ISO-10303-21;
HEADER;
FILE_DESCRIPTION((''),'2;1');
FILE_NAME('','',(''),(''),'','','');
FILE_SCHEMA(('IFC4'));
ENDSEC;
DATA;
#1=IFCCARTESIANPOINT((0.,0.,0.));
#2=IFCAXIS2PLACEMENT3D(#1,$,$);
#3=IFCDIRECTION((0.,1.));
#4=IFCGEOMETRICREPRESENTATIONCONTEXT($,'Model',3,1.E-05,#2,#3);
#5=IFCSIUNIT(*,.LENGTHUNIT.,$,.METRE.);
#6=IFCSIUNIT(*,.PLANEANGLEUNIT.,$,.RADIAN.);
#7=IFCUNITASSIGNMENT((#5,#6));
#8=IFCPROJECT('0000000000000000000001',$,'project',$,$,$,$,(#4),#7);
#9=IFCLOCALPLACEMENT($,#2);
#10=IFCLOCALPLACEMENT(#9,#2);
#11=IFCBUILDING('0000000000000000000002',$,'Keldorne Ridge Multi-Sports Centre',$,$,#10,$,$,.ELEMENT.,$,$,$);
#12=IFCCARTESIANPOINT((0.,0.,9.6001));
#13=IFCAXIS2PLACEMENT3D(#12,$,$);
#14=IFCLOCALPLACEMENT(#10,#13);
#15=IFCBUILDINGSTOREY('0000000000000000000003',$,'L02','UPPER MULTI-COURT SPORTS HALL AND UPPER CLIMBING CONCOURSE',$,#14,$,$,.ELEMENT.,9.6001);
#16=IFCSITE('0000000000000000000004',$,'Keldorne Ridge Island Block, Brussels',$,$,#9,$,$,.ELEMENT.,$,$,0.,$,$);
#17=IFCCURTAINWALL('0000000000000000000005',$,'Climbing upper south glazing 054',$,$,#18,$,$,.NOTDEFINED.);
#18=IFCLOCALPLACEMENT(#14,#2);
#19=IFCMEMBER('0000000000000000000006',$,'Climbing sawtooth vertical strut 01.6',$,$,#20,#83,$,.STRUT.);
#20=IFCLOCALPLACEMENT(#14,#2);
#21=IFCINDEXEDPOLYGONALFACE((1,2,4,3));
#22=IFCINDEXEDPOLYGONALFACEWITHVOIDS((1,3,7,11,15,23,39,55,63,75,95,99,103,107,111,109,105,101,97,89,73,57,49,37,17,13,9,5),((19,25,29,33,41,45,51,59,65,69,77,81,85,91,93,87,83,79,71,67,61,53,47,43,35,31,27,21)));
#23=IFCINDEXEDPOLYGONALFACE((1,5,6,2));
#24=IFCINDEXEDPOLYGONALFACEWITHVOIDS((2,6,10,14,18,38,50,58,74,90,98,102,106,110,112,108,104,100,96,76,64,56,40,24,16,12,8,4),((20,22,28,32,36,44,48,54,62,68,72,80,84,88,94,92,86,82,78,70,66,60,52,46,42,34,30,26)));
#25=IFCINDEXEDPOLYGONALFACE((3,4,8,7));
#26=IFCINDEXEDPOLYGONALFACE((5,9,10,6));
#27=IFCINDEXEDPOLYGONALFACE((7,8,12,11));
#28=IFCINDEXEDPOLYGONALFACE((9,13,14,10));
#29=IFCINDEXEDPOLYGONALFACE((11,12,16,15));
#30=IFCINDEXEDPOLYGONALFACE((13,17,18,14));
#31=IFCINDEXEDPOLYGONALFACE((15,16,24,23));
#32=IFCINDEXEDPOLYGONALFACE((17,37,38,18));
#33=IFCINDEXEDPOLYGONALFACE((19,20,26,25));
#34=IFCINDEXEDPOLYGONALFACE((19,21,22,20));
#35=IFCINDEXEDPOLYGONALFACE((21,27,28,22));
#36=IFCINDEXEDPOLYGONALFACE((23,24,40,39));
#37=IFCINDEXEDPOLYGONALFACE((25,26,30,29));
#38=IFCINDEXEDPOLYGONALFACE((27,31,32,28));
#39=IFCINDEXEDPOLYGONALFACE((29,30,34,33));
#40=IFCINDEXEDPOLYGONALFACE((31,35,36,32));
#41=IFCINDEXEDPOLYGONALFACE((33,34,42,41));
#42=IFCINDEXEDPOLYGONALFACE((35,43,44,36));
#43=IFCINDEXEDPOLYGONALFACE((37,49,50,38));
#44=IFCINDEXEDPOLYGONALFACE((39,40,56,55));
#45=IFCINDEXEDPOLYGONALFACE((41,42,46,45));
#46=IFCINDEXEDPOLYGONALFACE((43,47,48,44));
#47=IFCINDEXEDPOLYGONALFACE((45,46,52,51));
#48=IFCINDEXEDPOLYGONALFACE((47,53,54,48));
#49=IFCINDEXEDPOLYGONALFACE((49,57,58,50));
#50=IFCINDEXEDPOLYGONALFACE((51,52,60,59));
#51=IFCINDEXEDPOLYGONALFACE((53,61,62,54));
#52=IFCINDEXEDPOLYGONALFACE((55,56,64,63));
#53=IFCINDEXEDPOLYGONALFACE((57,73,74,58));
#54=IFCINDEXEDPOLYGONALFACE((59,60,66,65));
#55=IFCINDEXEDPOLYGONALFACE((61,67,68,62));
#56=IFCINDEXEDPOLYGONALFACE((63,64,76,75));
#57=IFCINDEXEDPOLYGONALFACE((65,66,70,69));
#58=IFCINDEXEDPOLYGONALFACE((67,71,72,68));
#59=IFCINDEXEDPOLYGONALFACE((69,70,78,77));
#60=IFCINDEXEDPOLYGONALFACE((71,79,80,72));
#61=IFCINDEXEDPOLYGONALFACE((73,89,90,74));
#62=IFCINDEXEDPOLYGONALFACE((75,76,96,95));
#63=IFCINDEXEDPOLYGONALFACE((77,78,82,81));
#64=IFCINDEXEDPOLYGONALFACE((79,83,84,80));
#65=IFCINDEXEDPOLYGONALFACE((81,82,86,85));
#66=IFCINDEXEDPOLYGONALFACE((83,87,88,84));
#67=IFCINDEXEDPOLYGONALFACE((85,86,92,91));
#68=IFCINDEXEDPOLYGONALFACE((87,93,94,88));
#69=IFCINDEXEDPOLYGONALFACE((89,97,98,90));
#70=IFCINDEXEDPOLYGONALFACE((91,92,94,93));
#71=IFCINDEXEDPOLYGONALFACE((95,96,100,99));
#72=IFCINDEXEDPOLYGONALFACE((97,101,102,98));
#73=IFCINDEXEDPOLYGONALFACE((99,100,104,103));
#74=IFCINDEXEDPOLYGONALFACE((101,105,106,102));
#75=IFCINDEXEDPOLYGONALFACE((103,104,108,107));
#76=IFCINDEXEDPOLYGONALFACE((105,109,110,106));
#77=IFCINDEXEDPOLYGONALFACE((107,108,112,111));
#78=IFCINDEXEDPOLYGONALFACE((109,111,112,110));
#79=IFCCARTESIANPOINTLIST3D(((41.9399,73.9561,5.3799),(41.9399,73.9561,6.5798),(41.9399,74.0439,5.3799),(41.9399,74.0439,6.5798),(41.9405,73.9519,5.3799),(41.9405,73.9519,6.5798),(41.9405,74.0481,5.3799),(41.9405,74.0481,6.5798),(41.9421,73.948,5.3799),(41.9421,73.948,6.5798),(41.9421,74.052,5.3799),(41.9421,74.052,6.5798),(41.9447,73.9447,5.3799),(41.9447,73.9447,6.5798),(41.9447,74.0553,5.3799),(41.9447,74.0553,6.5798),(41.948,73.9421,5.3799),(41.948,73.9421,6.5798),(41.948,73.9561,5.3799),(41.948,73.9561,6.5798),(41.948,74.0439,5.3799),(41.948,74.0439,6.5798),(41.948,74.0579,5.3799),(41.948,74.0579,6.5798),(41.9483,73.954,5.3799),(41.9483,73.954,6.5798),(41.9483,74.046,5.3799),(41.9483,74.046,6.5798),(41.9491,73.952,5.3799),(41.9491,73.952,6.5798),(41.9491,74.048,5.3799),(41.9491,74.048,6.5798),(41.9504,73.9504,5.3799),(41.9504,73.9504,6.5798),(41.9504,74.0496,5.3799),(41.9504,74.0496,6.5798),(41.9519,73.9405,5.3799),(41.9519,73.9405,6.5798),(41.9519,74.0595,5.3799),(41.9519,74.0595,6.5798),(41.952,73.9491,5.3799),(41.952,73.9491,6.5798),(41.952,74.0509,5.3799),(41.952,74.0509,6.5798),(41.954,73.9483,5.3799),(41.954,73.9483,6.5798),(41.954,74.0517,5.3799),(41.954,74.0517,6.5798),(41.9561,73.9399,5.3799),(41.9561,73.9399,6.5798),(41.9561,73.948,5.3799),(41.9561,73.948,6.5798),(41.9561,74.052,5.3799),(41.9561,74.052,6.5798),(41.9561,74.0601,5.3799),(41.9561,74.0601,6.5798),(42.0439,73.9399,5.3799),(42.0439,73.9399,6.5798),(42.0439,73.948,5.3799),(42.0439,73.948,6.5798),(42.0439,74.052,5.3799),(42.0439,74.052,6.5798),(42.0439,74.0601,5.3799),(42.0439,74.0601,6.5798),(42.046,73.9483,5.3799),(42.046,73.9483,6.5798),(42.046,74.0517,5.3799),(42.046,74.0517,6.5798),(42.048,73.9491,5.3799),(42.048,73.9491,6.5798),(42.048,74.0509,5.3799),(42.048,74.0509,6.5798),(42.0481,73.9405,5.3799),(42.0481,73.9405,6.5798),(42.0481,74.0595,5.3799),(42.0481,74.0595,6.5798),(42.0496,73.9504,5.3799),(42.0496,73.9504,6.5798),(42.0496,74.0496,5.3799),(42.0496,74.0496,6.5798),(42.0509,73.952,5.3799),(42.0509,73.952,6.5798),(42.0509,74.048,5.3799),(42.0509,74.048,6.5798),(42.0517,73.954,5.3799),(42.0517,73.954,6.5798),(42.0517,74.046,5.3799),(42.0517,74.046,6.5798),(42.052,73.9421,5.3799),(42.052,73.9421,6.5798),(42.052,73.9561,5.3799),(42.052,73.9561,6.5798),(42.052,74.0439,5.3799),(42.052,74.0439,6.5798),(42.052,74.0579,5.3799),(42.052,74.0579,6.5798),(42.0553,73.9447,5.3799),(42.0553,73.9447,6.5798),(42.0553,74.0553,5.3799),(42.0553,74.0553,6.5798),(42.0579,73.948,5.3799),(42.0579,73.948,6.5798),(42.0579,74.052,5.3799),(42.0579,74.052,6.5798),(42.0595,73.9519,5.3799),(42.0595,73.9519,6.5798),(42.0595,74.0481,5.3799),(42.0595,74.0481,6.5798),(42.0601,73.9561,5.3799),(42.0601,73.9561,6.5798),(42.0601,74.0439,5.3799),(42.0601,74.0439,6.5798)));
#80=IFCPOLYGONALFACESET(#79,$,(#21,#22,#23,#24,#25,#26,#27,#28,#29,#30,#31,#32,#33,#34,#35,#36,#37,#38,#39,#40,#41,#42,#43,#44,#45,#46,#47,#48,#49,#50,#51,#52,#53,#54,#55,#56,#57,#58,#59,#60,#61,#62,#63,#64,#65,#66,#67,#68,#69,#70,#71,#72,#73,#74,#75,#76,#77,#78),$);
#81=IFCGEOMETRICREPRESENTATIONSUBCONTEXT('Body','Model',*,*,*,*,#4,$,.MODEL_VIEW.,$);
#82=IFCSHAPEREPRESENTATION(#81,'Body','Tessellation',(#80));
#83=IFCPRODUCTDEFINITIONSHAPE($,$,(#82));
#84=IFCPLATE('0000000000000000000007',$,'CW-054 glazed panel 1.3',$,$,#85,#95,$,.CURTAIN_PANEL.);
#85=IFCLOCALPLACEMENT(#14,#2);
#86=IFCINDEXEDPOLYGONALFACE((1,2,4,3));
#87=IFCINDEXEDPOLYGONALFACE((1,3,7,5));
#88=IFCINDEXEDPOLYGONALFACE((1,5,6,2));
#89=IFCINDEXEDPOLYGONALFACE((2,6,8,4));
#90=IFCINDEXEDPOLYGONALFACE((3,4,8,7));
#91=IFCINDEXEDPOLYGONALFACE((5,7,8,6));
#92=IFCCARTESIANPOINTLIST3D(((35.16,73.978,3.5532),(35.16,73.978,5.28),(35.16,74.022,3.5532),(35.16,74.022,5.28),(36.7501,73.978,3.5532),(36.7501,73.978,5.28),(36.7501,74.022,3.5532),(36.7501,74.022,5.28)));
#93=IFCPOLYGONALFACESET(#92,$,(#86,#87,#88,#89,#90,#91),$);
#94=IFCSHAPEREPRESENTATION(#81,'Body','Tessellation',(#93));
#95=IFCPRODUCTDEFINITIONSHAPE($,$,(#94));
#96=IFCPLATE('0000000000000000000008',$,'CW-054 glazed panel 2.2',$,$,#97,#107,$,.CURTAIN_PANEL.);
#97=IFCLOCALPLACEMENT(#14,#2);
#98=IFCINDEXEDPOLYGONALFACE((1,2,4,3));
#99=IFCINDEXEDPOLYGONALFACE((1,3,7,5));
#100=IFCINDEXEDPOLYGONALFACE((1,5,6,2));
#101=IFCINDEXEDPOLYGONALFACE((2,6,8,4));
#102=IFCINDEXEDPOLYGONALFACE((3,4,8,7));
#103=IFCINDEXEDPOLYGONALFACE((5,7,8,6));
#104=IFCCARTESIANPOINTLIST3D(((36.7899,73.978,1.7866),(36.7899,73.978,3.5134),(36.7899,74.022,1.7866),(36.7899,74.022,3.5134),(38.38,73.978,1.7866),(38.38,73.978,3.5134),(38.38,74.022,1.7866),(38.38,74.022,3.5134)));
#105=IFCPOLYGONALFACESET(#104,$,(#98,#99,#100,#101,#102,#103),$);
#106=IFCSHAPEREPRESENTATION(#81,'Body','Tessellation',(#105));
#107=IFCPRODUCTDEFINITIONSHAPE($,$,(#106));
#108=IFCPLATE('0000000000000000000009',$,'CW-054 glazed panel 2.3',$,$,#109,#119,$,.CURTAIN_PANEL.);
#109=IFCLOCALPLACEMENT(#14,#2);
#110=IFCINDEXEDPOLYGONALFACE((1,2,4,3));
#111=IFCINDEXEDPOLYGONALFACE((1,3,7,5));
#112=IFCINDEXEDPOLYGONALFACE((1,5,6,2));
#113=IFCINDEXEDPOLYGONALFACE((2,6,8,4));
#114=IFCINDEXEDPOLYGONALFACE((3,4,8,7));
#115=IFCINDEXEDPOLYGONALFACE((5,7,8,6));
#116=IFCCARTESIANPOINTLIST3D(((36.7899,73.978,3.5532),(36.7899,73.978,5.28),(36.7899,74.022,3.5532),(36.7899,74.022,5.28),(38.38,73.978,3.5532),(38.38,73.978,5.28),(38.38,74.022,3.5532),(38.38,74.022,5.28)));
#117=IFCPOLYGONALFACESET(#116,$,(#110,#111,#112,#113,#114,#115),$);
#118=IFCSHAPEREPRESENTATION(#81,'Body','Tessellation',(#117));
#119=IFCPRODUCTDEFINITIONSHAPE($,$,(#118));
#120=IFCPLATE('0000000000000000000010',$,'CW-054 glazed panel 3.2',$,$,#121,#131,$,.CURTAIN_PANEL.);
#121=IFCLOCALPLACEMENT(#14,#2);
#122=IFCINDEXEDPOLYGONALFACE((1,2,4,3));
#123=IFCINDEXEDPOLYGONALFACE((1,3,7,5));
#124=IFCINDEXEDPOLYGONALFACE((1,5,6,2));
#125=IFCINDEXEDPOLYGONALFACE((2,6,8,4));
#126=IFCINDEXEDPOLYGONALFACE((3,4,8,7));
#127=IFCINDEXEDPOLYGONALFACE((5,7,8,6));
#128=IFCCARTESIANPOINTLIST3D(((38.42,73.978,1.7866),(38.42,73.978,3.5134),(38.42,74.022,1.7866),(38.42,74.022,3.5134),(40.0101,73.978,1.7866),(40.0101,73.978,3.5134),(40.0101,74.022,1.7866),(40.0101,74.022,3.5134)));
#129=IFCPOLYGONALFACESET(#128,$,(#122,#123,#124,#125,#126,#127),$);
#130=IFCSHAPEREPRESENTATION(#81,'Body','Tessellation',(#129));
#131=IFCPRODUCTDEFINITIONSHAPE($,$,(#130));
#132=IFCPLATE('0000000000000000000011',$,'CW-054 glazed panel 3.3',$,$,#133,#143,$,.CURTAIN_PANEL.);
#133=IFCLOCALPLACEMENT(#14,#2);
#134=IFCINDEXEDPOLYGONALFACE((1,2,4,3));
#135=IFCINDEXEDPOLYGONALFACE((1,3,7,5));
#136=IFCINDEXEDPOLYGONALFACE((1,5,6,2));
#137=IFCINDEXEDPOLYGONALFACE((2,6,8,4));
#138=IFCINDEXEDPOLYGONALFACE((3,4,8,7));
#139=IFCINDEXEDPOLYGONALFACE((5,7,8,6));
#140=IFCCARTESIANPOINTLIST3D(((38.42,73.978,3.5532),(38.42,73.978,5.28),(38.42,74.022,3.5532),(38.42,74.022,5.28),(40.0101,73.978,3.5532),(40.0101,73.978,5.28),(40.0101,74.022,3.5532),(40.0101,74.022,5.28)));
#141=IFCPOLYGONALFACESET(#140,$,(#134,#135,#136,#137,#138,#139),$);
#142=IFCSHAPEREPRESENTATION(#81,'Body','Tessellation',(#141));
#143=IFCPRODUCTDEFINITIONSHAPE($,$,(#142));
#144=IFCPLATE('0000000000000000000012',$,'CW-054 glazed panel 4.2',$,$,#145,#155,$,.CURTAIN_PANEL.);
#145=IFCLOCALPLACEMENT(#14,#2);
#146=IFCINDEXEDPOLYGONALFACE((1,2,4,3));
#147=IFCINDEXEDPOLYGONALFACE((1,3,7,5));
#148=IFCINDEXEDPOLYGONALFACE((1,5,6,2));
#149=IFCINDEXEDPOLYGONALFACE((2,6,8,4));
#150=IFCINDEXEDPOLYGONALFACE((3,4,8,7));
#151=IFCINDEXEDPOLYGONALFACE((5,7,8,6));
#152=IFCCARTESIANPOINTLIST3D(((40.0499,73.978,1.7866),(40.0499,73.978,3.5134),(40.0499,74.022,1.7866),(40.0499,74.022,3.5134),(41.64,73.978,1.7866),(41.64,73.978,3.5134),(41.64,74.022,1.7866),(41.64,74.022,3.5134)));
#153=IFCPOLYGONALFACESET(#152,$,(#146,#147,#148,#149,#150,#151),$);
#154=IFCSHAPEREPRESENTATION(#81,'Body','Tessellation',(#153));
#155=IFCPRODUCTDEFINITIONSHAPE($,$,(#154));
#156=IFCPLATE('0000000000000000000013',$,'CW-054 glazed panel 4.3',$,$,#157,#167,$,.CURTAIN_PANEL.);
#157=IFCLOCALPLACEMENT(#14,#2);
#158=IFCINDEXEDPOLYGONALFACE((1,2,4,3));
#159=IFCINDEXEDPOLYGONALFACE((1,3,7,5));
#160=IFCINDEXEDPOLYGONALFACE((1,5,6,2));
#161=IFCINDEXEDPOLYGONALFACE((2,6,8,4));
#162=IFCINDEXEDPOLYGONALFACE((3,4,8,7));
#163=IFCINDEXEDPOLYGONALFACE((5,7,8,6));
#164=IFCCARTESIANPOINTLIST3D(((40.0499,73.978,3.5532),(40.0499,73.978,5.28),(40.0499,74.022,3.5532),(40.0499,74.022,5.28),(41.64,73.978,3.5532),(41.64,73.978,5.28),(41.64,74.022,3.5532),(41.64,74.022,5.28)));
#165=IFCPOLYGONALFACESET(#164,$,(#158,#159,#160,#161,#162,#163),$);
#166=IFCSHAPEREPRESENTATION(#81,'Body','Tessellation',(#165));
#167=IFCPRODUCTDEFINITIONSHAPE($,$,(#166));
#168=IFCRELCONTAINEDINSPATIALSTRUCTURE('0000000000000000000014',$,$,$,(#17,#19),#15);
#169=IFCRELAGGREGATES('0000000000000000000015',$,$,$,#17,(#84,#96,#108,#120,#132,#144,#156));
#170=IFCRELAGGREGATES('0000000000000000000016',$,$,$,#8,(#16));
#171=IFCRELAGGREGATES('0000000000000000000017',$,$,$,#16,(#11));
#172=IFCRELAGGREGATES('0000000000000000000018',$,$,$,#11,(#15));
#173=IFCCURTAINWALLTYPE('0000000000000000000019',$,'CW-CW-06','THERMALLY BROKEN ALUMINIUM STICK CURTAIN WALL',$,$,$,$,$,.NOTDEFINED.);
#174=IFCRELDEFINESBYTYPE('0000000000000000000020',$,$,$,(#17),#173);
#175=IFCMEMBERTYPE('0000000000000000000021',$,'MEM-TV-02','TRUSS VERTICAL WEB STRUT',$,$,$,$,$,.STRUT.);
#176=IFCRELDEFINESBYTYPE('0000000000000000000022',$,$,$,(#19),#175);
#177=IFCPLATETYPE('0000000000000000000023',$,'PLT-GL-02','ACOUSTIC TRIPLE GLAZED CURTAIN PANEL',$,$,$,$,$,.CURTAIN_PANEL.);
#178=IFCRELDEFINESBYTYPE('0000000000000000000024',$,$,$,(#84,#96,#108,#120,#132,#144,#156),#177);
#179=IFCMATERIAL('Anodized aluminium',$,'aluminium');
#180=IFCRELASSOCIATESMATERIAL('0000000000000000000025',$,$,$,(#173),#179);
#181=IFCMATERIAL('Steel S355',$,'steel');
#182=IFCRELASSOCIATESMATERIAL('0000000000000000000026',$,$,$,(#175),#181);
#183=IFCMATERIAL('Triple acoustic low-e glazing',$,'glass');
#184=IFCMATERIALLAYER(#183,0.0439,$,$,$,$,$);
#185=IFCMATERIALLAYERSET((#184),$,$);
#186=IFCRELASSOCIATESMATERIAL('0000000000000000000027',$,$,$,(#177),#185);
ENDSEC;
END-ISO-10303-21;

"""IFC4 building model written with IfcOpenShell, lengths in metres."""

from ifc_helpers import new_model, si_unit, direction, frame, origin, origin_2d, place, context, subcontext, project, spatial, rectangle, hollow_rectangle, extrude, material, layer, layer_set, material_profile, profile_set, type_object, element, aggregate, save


model = new_model("IFC4")

# Units and contexts
model_context = context("Model", 3, precision=1e-05, world=origin(), true_north=direction((0.0, 1.0)))
body_context = subcontext(model_context, "Body", "Model", "MODEL_VIEW")
ifc_project = project(units=[si_unit("LENGTHUNIT", "METRE"), si_unit("PLANEANGLEUNIT", "RADIAN")], contexts=[model_context])

# Site, building, storey
site_placement = place(None, origin())
site = spatial("IfcSite", under=ifc_project, at=site_placement, Name="Keldorne Ridge Island Block, Brussels", CompositionType="ELEMENT", RefElevation=0.0)
building_placement = place(site_placement, origin())
building = spatial("IfcBuilding", under=site, at=building_placement, Name="Keldorne Ridge Multi-Sports Centre", CompositionType="ELEMENT")
storey_placement = place(building_placement, frame((0.0, 0.0, 9.6001)))
storey = spatial("IfcBuildingStorey", under=building, at=storey_placement, Name="L02", Description="UPPER MULTI-COURT SPORTS HALL AND UPPER CLIMBING CONCOURSE", CompositionType="ELEMENT", Elevation=9.6001)

# Shared definitions
ifc_material_1 = material(Name="Steel S355", Category="steel")

# Curtain wall
ifc_material_2 = material(Name="Anodized aluminium", Category="aluminium")
curtain_wall_type_1 = type_object("IfcCurtainWallType", Name="CW-CW-06", Description="THERMALLY BROKEN ALUMINIUM STICK CURTAIN WALL", PredefinedType="NOTDEFINED", material=ifc_material_2)
curtain_wall_1_placement = place(storey_placement, origin())
curtain_wall_1 = element("IfcCurtainWall", 1, at=curtain_wall_1_placement, inside=storey, type_object=curtain_wall_type_1, Name="Climbing upper south glazing 054", PredefinedType="NOTDEFINED")

# Member
ifc_material_profile_1 = material_profile(ifc_material_1, hollow_rectangle(XDim=0.1201, YDim=0.1201, WallThickness=0.0081, InnerFilletRadius=0.0081, OuterFilletRadius=0.0161, at=origin_2d()), Name="SHS 120x120x8")
ifc_profile_set_1 = profile_set([ifc_material_profile_1], Name="Steel S355")
member_type_1 = type_object("IfcMemberType", Name="MEM-TV-02", Description="TRUSS VERTICAL WEB STRUT", PredefinedType="STRUT", material=ifc_profile_set_1)
member_1_placement = place(storey_placement, frame((42.0, 74.0, 5.3799), z_axis=(0.0, 0.0, 1.0), x_axis=(1.0, 0.0, 0.0)))
element("IfcMember", 2, at=member_1_placement, inside=storey, type_object=member_type_1, Name="Climbing sawtooth vertical strut 01.6", PredefinedType="STRUT", context=body_context, shape_type="SweptSolid", body=[
    extrude(hollow_rectangle(XDim=0.1201, YDim=0.1201, WallThickness=0.0081, InnerFilletRadius=0.0081, OuterFilletRadius=0.0161, at=origin_2d()), origin(), (0.0, 0.0, 1.0), 1.2),
])

# Plates
ifc_material_3 = material(Name="Triple acoustic low-e glazing", Category="glass")
ifc_layer = layer(ifc_material_3, 0.0439)
ifc_layer_set = layer_set([ifc_layer])
plate_type = type_object("IfcPlateType", Name="PLT-GL-02", Description="ACOUSTIC TRIPLE GLAZED CURTAIN PANEL", PredefinedType="CURTAIN_PANEL", material=ifc_layer_set)
plate_1_placement = place(storey_placement, frame((35.9551, 74.0, 3.5532), z_axis=(0.0, 0.0, 1.0), x_axis=(1.0, 0.0, 0.0)))
plate_1 = element("IfcPlate", 3, at=plate_1_placement, type_object=plate_type, Name="CW-054 glazed panel 1.3", PredefinedType="CURTAIN_PANEL", context=body_context, shape_type="SweptSolid", body=[
    extrude(rectangle(XDim=1.5901, YDim=0.0439, at=origin_2d()), origin(), (0.0, 0.0, 1.0), 1.7268),
])
plate_2_placement = place(storey_placement, frame((37.585, 74.0, 1.7866), z_axis=(0.0, 0.0, 1.0), x_axis=(1.0, 0.0, 0.0)))
plate_2 = element("IfcPlate", 4, at=plate_2_placement, type_object=plate_type, Name="CW-054 glazed panel 2.2", PredefinedType="CURTAIN_PANEL", context=body_context, shape_type="SweptSolid", body=[
    extrude(rectangle(XDim=1.5901, YDim=0.0439, at=origin_2d()), origin(), (0.0, 0.0, 1.0), 1.7268),
])
plate_3_placement = place(storey_placement, frame((37.585, 74.0, 3.5532), z_axis=(0.0, 0.0, 1.0), x_axis=(1.0, 0.0, 0.0)))
plate_3 = element("IfcPlate", 5, at=plate_3_placement, type_object=plate_type, Name="CW-054 glazed panel 2.3", PredefinedType="CURTAIN_PANEL", context=body_context, shape_type="SweptSolid", body=[
    extrude(rectangle(XDim=1.5901, YDim=0.0439, at=origin_2d()), origin(), (0.0, 0.0, 1.0), 1.7268),
])
plate_4_placement = place(storey_placement, frame((39.2151, 74.0, 1.7866), z_axis=(0.0, 0.0, 1.0), x_axis=(1.0, 0.0, 0.0)))
plate_4 = element("IfcPlate", 6, at=plate_4_placement, type_object=plate_type, Name="CW-054 glazed panel 3.2", PredefinedType="CURTAIN_PANEL", context=body_context, shape_type="SweptSolid", body=[
    extrude(rectangle(XDim=1.5901, YDim=0.0439, at=origin_2d()), origin(), (0.0, 0.0, 1.0), 1.7268),
])
plate_5_placement = place(storey_placement, frame((39.2151, 74.0, 3.5532), z_axis=(0.0, 0.0, 1.0), x_axis=(1.0, 0.0, 0.0)))
plate_5 = element("IfcPlate", 7, at=plate_5_placement, type_object=plate_type, Name="CW-054 glazed panel 3.3", PredefinedType="CURTAIN_PANEL", context=body_context, shape_type="SweptSolid", body=[
    extrude(rectangle(XDim=1.5901, YDim=0.0439, at=origin_2d()), origin(), (0.0, 0.0, 1.0), 1.7268),
])
plate_6_placement = place(storey_placement, frame((40.845, 74.0, 1.7866), z_axis=(0.0, 0.0, 1.0), x_axis=(1.0, 0.0, 0.0)))
plate_6 = element("IfcPlate", 8, at=plate_6_placement, type_object=plate_type, Name="CW-054 glazed panel 4.2", PredefinedType="CURTAIN_PANEL", context=body_context, shape_type="SweptSolid", body=[
    extrude(rectangle(XDim=1.5901, YDim=0.0439, at=origin_2d()), origin(), (0.0, 0.0, 1.0), 1.7268),
])
plate_7_placement = place(storey_placement, frame((40.845, 74.0, 3.5532), z_axis=(0.0, 0.0, 1.0), x_axis=(1.0, 0.0, 0.0)))
plate_7 = element("IfcPlate", 9, at=plate_7_placement, type_object=plate_type, Name="CW-054 glazed panel 4.3", PredefinedType="CURTAIN_PANEL", context=body_context, shape_type="SweptSolid", body=[
    extrude(rectangle(XDim=1.5901, YDim=0.0439, at=origin_2d()), origin(), (0.0, 0.0, 1.0), 1.7268),
])
aggregate(curtain_wall_1, [plate_1, plate_2, plate_3, plate_4, plate_5, plate_6, plate_7])

save(model, "model.ifc")
